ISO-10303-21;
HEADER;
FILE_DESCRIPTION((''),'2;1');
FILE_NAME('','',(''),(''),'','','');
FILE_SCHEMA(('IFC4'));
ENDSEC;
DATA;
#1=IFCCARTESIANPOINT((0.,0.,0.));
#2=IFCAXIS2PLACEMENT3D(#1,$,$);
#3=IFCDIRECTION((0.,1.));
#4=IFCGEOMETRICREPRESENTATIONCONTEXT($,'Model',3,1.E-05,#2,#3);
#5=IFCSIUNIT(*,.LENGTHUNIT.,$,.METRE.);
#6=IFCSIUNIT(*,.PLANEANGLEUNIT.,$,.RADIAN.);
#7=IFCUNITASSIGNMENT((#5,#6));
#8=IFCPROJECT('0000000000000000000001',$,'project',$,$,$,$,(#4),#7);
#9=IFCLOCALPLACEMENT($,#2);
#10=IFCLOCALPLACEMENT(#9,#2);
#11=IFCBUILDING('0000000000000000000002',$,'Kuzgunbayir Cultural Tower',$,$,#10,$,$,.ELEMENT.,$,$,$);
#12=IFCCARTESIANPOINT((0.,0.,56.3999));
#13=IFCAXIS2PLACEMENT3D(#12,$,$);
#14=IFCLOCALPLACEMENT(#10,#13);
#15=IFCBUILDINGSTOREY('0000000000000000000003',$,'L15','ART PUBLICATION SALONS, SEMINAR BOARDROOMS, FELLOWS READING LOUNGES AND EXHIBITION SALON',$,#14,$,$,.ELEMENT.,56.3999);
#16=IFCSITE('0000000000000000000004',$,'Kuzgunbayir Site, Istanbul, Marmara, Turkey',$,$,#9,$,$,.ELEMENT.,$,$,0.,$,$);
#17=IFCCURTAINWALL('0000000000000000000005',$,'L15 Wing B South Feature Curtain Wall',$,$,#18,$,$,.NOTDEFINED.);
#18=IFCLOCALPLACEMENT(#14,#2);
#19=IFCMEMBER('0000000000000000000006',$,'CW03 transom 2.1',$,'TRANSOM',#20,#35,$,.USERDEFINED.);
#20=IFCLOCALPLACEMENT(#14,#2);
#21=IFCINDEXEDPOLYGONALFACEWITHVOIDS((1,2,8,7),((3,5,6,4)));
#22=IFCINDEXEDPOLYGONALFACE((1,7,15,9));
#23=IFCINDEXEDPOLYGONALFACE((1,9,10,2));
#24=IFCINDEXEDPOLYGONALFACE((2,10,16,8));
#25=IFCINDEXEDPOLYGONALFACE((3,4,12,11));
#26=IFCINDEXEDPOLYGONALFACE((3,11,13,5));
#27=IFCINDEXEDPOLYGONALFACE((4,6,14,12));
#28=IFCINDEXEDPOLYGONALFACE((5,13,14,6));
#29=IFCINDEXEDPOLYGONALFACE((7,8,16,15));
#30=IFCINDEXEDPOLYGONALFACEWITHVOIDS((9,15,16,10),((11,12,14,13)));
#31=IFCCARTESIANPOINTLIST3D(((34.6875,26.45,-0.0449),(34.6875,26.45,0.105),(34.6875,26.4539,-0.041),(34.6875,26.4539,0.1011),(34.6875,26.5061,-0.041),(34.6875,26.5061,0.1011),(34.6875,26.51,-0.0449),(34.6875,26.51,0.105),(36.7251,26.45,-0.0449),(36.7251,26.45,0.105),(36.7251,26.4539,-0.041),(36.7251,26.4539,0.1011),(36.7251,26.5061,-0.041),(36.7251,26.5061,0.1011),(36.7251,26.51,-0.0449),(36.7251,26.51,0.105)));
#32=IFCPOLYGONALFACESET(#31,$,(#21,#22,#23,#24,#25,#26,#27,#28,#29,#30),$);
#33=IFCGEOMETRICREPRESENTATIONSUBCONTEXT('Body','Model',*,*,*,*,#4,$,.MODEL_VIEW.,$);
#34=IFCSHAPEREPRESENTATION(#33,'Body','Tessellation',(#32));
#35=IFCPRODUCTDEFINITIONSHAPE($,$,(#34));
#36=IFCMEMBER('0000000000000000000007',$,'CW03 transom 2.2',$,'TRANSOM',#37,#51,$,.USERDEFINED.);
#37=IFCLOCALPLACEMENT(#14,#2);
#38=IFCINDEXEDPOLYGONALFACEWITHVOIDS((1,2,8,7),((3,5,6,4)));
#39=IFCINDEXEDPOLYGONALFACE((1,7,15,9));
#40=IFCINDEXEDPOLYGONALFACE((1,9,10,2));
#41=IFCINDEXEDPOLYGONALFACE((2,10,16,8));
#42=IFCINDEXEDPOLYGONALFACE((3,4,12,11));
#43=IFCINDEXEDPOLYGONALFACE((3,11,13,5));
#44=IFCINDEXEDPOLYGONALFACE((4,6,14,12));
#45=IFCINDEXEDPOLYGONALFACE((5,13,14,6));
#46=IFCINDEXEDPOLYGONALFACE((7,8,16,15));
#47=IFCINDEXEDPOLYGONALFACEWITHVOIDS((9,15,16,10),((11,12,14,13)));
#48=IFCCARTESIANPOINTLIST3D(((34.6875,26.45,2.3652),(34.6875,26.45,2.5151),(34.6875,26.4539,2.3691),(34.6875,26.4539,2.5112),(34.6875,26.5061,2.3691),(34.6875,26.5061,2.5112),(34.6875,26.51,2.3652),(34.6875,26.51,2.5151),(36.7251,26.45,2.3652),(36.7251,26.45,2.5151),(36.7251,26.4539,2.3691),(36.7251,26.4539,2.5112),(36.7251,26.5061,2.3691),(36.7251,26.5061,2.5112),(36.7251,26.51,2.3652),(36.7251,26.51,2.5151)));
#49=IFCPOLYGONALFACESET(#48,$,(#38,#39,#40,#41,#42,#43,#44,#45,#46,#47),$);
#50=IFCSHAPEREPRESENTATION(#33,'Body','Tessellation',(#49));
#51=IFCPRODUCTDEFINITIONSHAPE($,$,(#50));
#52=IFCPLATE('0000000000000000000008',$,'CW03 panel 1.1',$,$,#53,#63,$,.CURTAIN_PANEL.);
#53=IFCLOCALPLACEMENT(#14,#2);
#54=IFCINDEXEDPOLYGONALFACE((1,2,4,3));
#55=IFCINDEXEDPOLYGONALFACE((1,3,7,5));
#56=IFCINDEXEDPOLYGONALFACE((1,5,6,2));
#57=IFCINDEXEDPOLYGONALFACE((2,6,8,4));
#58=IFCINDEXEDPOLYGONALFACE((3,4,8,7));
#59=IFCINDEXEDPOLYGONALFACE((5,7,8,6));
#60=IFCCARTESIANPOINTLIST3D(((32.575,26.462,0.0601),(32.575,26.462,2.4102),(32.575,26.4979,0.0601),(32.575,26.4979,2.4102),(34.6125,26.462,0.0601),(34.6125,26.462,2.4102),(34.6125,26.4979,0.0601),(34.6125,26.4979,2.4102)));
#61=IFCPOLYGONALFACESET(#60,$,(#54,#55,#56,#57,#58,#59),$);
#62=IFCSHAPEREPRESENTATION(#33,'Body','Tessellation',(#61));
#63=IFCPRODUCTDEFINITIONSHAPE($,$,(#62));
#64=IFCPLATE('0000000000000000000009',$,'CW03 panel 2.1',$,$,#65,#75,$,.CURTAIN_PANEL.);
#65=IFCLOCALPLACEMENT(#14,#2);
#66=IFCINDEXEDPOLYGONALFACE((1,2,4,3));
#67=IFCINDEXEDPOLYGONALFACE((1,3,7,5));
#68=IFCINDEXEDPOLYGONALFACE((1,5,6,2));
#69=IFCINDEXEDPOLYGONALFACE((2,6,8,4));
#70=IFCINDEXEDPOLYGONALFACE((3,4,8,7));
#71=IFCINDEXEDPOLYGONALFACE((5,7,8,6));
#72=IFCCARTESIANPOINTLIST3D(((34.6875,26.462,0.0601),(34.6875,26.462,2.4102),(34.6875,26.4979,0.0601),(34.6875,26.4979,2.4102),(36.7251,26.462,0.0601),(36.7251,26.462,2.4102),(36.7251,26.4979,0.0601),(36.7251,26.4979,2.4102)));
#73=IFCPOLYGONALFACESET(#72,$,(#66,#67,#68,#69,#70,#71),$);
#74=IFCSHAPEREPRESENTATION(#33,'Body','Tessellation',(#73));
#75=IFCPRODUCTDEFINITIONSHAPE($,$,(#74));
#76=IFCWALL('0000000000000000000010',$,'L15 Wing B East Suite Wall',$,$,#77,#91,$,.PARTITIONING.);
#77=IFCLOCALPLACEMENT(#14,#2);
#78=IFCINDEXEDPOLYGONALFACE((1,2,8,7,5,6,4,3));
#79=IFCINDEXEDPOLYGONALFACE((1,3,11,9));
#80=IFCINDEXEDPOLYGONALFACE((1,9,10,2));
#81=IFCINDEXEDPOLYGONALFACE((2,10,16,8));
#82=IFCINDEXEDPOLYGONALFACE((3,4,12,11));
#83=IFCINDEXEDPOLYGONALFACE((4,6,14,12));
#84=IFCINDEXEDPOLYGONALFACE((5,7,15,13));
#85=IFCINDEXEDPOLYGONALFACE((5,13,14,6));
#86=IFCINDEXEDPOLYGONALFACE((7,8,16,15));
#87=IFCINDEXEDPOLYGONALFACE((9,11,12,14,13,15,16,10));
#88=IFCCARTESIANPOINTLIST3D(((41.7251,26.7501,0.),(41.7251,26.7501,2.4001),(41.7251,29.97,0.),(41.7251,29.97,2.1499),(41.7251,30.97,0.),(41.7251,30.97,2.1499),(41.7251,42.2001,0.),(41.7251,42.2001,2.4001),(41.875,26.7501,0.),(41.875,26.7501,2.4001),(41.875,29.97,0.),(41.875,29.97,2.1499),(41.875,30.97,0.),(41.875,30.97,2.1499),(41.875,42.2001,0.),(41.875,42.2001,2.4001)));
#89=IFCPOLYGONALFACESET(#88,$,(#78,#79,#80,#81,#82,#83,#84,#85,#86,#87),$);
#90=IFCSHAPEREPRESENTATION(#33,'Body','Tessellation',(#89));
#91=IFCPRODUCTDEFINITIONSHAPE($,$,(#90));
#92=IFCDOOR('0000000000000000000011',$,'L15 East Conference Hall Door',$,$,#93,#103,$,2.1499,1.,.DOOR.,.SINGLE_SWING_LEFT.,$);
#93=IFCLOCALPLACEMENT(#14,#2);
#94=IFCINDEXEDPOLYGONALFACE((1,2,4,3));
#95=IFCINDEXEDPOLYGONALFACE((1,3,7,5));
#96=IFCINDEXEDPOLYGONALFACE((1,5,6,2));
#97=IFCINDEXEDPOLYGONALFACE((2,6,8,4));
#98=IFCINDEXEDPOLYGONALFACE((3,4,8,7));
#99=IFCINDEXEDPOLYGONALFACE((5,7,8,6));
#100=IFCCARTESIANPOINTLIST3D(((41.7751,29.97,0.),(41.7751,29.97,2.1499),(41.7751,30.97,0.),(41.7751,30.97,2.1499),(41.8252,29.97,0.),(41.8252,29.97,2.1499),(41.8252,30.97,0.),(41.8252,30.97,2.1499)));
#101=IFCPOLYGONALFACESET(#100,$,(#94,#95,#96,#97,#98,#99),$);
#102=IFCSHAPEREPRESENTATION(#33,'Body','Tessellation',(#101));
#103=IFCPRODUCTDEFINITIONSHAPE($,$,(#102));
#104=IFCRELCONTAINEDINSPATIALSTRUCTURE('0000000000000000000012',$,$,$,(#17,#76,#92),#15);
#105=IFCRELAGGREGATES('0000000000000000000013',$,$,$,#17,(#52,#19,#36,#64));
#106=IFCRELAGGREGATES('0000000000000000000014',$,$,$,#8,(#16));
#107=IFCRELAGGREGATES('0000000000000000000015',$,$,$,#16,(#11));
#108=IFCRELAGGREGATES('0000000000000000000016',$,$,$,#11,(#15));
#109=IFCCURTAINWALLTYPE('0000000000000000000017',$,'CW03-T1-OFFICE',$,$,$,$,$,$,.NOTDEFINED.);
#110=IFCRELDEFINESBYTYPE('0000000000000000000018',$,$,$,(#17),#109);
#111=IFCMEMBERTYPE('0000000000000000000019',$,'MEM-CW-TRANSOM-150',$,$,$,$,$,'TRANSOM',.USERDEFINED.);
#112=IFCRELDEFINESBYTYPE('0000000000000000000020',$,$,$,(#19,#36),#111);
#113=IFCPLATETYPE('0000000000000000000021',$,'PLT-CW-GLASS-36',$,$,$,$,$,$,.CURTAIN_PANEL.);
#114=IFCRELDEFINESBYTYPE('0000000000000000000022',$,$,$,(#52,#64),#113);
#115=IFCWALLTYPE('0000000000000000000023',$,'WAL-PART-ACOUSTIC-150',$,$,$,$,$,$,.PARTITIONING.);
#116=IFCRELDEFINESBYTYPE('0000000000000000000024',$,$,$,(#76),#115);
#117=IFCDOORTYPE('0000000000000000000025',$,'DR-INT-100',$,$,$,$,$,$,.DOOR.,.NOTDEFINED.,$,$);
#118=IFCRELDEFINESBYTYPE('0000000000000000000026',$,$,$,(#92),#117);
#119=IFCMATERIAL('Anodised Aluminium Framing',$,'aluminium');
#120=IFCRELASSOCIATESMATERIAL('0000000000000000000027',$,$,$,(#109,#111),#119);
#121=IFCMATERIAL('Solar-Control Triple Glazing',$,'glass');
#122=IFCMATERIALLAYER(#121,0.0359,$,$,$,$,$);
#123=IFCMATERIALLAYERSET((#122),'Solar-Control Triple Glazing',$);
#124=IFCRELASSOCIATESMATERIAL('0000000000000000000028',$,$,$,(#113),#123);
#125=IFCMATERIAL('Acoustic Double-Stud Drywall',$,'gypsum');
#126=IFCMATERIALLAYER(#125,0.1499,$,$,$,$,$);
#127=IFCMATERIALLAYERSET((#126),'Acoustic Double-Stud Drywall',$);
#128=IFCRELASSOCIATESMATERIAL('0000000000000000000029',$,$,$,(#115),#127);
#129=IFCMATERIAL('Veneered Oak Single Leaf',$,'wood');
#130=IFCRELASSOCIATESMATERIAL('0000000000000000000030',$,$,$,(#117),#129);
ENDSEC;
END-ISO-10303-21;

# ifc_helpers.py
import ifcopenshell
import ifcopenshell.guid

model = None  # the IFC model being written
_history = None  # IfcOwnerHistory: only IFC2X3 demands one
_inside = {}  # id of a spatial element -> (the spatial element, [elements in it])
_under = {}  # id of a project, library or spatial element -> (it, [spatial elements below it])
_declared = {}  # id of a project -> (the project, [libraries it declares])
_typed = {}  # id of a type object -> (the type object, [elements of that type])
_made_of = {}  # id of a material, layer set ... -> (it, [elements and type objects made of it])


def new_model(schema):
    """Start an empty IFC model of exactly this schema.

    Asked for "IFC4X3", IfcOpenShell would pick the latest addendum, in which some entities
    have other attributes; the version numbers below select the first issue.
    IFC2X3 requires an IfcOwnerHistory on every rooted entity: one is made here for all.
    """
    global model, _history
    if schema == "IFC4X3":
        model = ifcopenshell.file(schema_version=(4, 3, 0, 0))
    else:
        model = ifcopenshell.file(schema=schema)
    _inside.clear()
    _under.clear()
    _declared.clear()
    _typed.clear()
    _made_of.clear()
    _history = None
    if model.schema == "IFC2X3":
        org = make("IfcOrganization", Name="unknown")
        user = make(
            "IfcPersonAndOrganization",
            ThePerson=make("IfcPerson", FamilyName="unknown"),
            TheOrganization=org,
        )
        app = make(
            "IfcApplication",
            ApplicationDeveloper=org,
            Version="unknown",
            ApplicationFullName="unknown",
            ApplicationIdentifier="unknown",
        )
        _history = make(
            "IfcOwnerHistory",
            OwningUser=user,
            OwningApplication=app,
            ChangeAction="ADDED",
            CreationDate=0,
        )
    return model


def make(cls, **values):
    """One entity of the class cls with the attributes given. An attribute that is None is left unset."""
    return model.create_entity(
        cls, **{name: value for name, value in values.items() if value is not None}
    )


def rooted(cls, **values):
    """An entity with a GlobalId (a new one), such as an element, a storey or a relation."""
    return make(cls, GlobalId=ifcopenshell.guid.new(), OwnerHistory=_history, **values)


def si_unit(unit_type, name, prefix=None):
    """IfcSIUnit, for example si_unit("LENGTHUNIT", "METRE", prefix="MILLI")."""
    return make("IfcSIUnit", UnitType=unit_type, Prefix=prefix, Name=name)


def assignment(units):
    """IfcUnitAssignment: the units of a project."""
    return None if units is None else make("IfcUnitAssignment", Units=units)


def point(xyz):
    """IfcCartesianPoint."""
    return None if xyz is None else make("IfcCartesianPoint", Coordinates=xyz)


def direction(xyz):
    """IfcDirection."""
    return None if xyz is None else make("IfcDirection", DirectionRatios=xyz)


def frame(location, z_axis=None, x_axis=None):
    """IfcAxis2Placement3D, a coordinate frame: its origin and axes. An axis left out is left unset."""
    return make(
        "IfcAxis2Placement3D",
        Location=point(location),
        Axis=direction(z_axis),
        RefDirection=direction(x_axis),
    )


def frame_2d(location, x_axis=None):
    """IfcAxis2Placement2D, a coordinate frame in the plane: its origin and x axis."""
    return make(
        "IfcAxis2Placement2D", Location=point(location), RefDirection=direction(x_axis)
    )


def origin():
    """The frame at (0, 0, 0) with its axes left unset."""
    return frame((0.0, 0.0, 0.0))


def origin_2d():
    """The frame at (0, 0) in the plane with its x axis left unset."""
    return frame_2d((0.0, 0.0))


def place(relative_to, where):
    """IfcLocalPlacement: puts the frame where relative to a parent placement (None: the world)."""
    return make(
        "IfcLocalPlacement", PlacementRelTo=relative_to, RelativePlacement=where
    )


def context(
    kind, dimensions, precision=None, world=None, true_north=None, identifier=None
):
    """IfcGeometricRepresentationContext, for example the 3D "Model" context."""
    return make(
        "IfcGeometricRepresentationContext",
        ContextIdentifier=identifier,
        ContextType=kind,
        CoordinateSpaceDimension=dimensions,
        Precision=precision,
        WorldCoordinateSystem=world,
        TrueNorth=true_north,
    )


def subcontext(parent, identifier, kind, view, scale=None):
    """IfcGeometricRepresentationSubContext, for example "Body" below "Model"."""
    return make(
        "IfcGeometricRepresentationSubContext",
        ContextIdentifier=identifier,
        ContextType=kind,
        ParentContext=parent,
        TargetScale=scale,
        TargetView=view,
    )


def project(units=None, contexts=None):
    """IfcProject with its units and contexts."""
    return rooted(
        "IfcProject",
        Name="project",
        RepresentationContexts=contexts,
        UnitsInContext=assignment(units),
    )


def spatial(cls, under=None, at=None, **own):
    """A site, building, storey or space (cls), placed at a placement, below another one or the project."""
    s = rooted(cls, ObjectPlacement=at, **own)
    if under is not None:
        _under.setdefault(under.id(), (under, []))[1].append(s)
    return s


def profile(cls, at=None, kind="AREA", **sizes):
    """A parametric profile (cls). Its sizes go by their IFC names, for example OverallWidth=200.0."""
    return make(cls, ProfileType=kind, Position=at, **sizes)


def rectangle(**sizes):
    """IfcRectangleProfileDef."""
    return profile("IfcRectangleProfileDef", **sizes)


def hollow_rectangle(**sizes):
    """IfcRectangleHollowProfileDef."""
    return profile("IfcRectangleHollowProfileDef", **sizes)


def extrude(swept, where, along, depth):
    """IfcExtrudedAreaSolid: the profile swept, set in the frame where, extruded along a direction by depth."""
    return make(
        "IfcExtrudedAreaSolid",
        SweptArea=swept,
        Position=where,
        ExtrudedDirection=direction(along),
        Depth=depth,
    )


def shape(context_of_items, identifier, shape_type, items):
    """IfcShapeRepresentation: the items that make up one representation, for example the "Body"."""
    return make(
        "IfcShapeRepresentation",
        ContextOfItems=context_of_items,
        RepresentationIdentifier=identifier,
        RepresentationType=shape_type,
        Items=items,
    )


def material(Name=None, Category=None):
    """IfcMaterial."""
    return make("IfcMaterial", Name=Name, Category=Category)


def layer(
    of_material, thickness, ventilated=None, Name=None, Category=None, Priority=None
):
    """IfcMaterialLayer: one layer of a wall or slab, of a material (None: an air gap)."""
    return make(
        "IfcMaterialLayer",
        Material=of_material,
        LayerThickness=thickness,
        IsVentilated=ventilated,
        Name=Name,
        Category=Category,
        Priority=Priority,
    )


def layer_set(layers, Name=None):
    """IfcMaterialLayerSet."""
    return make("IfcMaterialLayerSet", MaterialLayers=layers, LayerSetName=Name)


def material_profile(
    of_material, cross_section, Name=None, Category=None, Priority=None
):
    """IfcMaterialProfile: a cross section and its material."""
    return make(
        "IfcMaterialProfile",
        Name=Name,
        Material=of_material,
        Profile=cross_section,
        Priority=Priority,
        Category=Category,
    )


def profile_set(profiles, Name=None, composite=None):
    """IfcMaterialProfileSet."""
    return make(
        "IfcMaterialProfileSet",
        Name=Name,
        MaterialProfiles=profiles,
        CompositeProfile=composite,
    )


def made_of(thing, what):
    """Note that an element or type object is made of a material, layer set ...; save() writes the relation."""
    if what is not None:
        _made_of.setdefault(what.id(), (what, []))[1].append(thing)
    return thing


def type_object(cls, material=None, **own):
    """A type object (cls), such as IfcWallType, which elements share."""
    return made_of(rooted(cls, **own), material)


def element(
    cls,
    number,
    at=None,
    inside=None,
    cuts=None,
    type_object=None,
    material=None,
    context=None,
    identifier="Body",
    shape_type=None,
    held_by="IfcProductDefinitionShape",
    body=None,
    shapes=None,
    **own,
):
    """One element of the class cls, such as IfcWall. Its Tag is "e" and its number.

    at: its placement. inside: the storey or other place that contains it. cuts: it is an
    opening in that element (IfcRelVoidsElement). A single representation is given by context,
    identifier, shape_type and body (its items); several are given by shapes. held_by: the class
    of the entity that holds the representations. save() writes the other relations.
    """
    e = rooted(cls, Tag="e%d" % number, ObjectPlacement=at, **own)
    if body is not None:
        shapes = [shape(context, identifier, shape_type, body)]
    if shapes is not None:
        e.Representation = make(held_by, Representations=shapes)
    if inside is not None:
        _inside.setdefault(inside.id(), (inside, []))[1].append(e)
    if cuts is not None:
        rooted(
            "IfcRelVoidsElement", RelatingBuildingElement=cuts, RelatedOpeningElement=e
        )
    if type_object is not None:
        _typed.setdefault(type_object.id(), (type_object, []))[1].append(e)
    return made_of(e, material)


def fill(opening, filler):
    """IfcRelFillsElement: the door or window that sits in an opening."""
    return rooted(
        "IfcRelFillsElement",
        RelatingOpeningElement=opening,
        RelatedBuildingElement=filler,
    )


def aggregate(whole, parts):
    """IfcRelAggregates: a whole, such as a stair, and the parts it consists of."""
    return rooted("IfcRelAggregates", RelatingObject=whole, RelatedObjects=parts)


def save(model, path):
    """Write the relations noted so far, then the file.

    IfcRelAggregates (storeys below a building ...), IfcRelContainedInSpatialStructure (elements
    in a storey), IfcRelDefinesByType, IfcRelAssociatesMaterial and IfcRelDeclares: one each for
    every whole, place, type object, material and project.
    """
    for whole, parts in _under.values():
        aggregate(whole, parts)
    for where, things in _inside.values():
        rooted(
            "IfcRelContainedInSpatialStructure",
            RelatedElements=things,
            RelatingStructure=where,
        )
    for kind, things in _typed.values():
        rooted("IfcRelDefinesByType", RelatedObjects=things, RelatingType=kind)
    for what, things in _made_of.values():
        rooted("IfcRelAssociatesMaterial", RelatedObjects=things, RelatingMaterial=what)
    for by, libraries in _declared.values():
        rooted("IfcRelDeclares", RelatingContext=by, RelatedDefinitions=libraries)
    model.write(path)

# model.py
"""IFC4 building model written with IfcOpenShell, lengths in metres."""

from ifc_helpers import new_model, si_unit, direction, frame, frame_2d, origin, origin_2d, place, context, subcontext, project, spatial, rectangle, hollow_rectangle, extrude, material, layer, layer_set, material_profile, profile_set, type_object, element, fill, aggregate, save


model = new_model("IFC4")

# Units and contexts
model_context = context("Model", 3, precision=1e-05, world=origin(), true_north=direction((0.0, 1.0)))
body_context = subcontext(model_context, "Body", "Model", "MODEL_VIEW")
ifc_project = project(units=[si_unit("LENGTHUNIT", "METRE"), si_unit("PLANEANGLEUNIT", "RADIAN")], contexts=[model_context])

# Site, building, storey
site_placement = place(None, origin())
site = spatial("IfcSite", under=ifc_project, at=site_placement, Name="Kuzgunbayir Site, Istanbul, Marmara, Turkey", CompositionType="ELEMENT", RefElevation=0.0)
building_placement = place(site_placement, origin())
building = spatial("IfcBuilding", under=site, at=building_placement, Name="Kuzgunbayir Cultural Tower", CompositionType="ELEMENT")
storey_placement = place(building_placement, frame((0.0, 0.0, 56.3999)))
storey = spatial("IfcBuildingStorey", under=building, at=storey_placement, Name="L15", Description="ART PUBLICATION SALONS, SEMINAR BOARDROOMS, FELLOWS READING LOUNGES AND EXHIBITION SALON", CompositionType="ELEMENT", Elevation=56.3999)

# Curtain wall, members, plates
ifc_material_1 = material(Name="Anodised Aluminium Framing", Category="aluminium")
curtain_wall_type = type_object("IfcCurtainWallType", Name="CW03-T1-OFFICE", PredefinedType="NOTDEFINED", material=ifc_material_1)
curtain_wall_placement = place(storey_placement, origin())
curtain_wall = element("IfcCurtainWall", 1, at=curtain_wall_placement, inside=storey, type_object=curtain_wall_type, Name="L15 Wing B South Feature Curtain Wall", PredefinedType="NOTDEFINED")
ifc_material_profile_1 = material_profile(ifc_material_1, hollow_rectangle(XDim=0.0601, YDim=0.1499, WallThickness=0.0039, at=origin_2d()), Name="RHS 150x60x4")
ifc_profile_set_1 = profile_set([ifc_material_profile_1], Name="Anodised Aluminium Framing")
member_type_1 = type_object("IfcMemberType", Name="MEM-CW-TRANSOM-150", ElementType="TRANSOM", PredefinedType="USERDEFINED", material=ifc_profile_set_1)
member_1_placement = place(storey_placement, frame((34.6875, 26.48, 0.03), z_axis=(1.0, 0.0, 0.0), x_axis=(0.0, 1.0, 0.0)))
member_1 = element("IfcMember", 2, at=member_1_placement, type_object=member_type_1, Name="CW03 transom 2.1", ObjectType="TRANSOM", PredefinedType="USERDEFINED", context=body_context, shape_type="SweptSolid", body=[
    extrude(hollow_rectangle(XDim=0.0601, YDim=0.1499, WallThickness=0.0039, at=origin_2d()), origin(), (0.0, 0.0, 1.0), 2.0376),
])
member_2_placement = place(storey_placement, frame((34.6875, 26.48, 2.4402), z_axis=(1.0, 0.0, 0.0), x_axis=(0.0, 1.0, 0.0)))
member_2 = element("IfcMember", 3, at=member_2_placement, type_object=member_type_1, Name="CW03 transom 2.2", ObjectType="TRANSOM", PredefinedType="USERDEFINED", context=body_context, shape_type="SweptSolid", body=[
    extrude(hollow_rectangle(XDim=0.0601, YDim=0.1499, WallThickness=0.0039, at=origin_2d()), origin(), (0.0, 0.0, 1.0), 2.0376),
])
ifc_material_2 = material(Name="Solar-Control Triple Glazing", Category="glass")
ifc_layer_1 = layer(ifc_material_2, 0.0359)
ifc_layer_set_1 = layer_set([ifc_layer_1], Name="Solar-Control Triple Glazing")
plate_type = type_object("IfcPlateType", Name="PLT-CW-GLASS-36", PredefinedType="CURTAIN_PANEL", material=ifc_layer_set_1)
plate_1_placement = place(storey_placement, frame((33.5938, 26.48, 0.0601), z_axis=(0.0, 0.0, 1.0), x_axis=(1.0, 0.0, 0.0)))
plate_1 = element("IfcPlate", 4, at=plate_1_placement, type_object=plate_type, Name="CW03 panel 1.1", PredefinedType="CURTAIN_PANEL", context=body_context, shape_type="SweptSolid", body=[
    extrude(rectangle(XDim=2.0376, YDim=0.0359, at=origin_2d()), origin(), (0.0, 0.0, 1.0), 2.3501),
])
plate_2_placement = place(storey_placement, frame((35.7063, 26.48, 0.0601), z_axis=(0.0, 0.0, 1.0), x_axis=(1.0, 0.0, 0.0)))
plate_2 = element("IfcPlate", 5, at=plate_2_placement, type_object=plate_type, Name="CW03 panel 2.1", PredefinedType="CURTAIN_PANEL", context=body_context, shape_type="SweptSolid", body=[
    extrude(rectangle(XDim=2.0376, YDim=0.0359, at=origin_2d()), origin(), (0.0, 0.0, 1.0), 2.3501),
])
aggregate(curtain_wall, [plate_1, member_1, member_2, plate_2])

# Wall, opening, door
ifc_material_3 = material(Name="Acoustic Double-Stud Drywall", Category="gypsum")
ifc_layer_2 = layer(ifc_material_3, 0.1499)
ifc_layer_set_2 = layer_set([ifc_layer_2], Name="Acoustic Double-Stud Drywall")
wall_type = type_object("IfcWallType", Name="WAL-PART-ACOUSTIC-150", PredefinedType="PARTITIONING", material=ifc_layer_set_2)
wall_placement = place(storey_placement, frame((41.8, 26.75, 0.0), z_axis=(0.0, 0.0, 1.0), x_axis=(0.0, 1.0, 0.0)))
wall = element("IfcWall", 6, at=wall_placement, inside=storey, type_object=wall_type, Name="L15 Wing B East Suite Wall", PredefinedType="PARTITIONING", context=body_context, shape_type="SweptSolid", body=[
    extrude(rectangle(XDim=15.45, YDim=0.1499, at=frame_2d((7.7251, 0.0))), origin(), (0.0, 0.0, 1.0), 2.4001),
])
opening_placement = place(wall_placement, frame((3.22, 0.0, 0.0)))
opening = element("IfcOpeningElement", 7, at=opening_placement, cuts=wall, PredefinedType="OPENING", context=body_context, shape_type="SweptSolid", body=[
    extrude(rectangle(XDim=1.0, YDim=2.1499, at=frame_2d((0.5, 1.075))), frame((0.0, 0.085, 0.0), z_axis=(0.0, -1.0, 0.0), x_axis=(1.0, 0.0, 0.0)), (0.0, 0.0, 1.0), 0.1699),
])
ifc_material_4 = material(Name="Veneered Oak Single Leaf", Category="wood")
door_type = type_object("IfcDoorType", Name="DR-INT-100", OperationType="NOTDEFINED", PredefinedType="DOOR", material=ifc_material_4)
door_placement = place(opening_placement, origin())
door = element("IfcDoor", 8, at=door_placement, inside=storey, type_object=door_type, Name="L15 East Conference Hall Door", OperationType="SINGLE_SWING_LEFT", OverallHeight=2.1499, OverallWidth=1.0, PredefinedType="DOOR", context=body_context, shape_type="SweptSolid", body=[
    extrude(rectangle(XDim=1.0, YDim=2.1499, at=frame_2d((0.5, 1.075))), frame((0.0, 0.0249, 0.0), z_axis=(0.0, -1.0, 0.0), x_axis=(1.0, 0.0, 0.0)), (0.0, 0.0, 1.0), 0.05),
])
fill(opening, door)

save(model, "model.ifc")
